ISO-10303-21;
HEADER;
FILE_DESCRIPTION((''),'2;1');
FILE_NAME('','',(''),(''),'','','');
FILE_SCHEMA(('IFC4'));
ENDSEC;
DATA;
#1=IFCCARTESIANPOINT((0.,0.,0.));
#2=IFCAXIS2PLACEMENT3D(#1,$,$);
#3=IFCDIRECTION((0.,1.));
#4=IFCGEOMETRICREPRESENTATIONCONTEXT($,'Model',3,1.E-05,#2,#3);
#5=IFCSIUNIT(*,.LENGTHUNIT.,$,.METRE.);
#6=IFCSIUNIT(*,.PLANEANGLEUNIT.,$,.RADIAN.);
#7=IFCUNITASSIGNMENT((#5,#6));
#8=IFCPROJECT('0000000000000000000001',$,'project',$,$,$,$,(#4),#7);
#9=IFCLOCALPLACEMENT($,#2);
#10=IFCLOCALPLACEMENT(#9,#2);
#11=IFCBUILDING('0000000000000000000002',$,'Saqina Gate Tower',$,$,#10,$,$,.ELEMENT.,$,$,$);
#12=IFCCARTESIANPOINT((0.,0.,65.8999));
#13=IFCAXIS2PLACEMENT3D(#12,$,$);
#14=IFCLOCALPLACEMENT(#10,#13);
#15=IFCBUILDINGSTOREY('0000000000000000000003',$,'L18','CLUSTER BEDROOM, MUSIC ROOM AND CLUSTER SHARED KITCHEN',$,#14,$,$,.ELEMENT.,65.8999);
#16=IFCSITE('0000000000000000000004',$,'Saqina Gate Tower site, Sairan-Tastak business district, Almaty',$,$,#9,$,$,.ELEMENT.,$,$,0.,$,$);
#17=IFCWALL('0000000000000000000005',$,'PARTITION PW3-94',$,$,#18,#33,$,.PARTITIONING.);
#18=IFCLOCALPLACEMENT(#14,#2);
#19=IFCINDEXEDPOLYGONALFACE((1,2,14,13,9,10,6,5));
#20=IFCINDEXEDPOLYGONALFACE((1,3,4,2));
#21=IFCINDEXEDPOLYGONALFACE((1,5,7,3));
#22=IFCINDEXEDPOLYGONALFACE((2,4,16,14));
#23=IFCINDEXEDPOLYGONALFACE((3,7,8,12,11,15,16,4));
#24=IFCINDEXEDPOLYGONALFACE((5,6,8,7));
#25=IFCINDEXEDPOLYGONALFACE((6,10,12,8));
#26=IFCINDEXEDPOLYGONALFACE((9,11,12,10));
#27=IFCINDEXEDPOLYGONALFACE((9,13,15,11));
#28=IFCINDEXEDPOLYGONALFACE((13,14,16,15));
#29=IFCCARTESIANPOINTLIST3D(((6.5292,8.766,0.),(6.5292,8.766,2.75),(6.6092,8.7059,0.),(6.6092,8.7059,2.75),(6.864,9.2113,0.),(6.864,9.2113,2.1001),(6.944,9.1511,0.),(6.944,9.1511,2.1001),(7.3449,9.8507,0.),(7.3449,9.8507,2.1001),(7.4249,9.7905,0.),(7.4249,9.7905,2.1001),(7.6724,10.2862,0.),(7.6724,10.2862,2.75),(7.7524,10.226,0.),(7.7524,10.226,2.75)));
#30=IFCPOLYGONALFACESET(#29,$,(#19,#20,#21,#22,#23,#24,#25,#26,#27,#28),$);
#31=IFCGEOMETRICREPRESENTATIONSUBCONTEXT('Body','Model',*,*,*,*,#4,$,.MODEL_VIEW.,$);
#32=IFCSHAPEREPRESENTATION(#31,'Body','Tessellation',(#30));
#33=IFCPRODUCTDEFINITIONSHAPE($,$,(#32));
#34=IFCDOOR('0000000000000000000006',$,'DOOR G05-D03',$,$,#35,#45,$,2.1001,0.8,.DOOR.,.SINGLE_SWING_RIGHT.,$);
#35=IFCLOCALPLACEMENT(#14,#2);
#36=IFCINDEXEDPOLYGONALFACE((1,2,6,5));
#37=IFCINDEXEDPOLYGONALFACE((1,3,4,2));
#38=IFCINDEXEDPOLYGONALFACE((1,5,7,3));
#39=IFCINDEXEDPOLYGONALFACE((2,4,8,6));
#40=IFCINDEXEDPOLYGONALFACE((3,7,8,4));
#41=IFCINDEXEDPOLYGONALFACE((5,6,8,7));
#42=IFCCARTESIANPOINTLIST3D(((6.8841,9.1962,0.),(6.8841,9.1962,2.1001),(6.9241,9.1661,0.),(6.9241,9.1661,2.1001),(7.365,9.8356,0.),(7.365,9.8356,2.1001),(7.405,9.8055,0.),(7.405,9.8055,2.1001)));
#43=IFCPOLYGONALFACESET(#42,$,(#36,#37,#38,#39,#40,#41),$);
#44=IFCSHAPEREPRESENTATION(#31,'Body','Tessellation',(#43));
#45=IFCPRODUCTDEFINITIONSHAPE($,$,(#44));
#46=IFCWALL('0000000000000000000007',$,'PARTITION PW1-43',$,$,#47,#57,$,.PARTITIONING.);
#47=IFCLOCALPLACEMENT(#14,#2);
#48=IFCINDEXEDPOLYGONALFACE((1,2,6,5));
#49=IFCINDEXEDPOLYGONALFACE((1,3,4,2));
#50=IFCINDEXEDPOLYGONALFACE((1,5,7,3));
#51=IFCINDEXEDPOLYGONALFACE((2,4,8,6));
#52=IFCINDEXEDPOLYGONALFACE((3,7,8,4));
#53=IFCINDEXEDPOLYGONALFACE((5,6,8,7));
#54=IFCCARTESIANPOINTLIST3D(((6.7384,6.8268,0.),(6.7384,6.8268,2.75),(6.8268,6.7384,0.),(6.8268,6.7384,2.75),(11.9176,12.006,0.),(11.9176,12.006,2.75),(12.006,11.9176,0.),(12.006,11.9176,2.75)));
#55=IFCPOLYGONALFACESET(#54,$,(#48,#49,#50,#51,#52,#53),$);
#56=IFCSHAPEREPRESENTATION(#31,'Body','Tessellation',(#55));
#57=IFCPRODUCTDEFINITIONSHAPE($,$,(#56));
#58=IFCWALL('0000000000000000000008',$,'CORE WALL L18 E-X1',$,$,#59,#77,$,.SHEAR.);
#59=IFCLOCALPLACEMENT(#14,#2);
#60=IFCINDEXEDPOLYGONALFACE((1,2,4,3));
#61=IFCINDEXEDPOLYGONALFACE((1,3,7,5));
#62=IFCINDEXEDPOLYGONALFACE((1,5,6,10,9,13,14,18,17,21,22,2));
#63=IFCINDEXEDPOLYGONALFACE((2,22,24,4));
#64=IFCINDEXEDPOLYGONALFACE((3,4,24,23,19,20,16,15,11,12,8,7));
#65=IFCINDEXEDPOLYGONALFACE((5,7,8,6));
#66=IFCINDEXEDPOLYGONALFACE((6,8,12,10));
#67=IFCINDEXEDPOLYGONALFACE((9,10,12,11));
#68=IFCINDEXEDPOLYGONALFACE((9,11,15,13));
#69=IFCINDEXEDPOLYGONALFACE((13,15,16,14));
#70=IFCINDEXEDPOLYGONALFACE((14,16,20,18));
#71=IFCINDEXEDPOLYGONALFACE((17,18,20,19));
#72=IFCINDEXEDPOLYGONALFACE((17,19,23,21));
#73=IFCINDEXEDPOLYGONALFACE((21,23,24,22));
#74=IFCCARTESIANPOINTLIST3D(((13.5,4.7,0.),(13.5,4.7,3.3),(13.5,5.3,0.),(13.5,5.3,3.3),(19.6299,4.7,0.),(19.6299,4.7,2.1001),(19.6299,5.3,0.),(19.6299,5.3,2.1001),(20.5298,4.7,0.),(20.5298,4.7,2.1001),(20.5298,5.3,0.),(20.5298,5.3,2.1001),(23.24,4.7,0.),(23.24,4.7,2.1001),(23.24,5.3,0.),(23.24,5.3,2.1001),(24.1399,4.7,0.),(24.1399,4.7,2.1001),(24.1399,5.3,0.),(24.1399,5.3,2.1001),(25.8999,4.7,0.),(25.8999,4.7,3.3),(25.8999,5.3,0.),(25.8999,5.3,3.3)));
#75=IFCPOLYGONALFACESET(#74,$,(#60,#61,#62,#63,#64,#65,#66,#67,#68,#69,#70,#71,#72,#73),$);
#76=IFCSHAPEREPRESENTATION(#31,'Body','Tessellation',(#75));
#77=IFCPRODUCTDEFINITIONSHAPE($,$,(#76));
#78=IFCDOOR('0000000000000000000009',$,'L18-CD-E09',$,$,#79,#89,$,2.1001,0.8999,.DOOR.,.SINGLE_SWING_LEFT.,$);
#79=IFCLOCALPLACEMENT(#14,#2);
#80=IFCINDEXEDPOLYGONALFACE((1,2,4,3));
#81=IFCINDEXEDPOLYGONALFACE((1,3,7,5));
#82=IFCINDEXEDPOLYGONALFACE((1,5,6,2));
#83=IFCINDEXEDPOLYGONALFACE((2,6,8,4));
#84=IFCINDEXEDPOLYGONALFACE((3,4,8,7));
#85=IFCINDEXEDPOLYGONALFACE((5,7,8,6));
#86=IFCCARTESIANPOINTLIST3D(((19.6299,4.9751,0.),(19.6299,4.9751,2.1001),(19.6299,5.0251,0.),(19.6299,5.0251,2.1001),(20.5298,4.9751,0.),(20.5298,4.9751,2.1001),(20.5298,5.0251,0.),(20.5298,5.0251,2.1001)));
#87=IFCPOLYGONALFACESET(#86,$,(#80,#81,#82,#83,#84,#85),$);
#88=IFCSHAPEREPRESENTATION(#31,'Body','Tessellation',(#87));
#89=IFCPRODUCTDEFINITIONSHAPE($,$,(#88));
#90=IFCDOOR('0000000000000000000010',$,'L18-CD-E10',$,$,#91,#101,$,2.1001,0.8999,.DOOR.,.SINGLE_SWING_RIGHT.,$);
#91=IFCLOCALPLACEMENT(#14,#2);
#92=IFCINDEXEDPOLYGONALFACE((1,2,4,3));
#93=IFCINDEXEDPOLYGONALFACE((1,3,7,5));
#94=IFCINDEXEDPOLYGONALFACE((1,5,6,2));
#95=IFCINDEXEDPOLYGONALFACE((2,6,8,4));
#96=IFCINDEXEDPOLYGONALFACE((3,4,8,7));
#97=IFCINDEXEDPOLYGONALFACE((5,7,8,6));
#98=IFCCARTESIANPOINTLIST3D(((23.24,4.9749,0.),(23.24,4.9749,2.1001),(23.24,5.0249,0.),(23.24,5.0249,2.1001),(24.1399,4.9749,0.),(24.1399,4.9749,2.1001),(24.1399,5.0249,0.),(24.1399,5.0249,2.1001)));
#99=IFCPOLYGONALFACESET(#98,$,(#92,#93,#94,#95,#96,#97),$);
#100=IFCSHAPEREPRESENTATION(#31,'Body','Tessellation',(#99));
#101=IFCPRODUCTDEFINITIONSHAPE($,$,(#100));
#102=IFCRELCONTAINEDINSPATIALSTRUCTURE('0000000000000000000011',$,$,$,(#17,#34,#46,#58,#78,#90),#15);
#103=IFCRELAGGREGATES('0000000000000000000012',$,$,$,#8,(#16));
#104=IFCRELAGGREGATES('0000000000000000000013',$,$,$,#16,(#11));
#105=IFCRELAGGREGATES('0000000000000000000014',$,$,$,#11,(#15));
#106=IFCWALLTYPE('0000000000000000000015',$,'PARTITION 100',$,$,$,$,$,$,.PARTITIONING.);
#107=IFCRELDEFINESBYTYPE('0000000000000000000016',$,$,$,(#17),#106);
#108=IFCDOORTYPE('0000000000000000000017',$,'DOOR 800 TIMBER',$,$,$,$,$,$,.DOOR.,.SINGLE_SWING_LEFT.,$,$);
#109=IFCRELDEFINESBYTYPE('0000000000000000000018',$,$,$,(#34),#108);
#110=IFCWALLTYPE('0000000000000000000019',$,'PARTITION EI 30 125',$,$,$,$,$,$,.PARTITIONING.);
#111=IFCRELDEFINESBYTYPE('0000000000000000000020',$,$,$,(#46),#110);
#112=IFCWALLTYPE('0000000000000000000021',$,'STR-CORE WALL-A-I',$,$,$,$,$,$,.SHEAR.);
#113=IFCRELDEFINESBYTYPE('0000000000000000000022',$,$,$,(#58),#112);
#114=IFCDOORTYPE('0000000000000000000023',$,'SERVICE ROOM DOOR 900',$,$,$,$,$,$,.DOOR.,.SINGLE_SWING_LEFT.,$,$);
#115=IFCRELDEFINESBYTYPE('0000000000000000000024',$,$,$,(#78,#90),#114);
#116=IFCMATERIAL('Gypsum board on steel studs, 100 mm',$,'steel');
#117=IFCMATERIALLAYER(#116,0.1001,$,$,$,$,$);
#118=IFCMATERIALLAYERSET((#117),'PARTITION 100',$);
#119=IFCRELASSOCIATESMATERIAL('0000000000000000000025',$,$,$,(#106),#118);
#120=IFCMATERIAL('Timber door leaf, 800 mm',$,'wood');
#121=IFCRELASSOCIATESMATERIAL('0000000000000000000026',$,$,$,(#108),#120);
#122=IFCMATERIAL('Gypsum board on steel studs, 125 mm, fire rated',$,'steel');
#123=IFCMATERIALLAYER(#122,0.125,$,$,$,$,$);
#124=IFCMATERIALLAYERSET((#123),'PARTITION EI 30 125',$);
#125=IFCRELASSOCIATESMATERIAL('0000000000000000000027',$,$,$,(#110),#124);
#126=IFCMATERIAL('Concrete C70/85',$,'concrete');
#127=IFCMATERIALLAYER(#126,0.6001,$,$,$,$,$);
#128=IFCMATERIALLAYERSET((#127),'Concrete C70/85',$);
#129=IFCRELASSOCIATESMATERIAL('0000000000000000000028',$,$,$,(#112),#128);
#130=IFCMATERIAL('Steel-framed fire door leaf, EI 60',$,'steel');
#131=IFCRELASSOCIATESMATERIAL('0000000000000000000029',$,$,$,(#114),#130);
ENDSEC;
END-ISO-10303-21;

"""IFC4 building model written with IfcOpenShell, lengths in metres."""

from ifc_helpers import new_model, si_unit, direction, frame, frame_2d, origin, place, context, subcontext, project, spatial, rectangle, extrude, material, layer, layer_set, type_object, element, fill, save


model = new_model("IFC4")

# Units and contexts
model_context = context("Model", 3, precision=1e-05, world=origin(), true_north=direction((0.0, 1.0)))
body_context = subcontext(model_context, "Body", "Model", "MODEL_VIEW")
ifc_project = project(units=[si_unit("LENGTHUNIT", "METRE"), si_unit("PLANEANGLEUNIT", "RADIAN")], contexts=[model_context])

# Site, building, storey
site_placement = place(None, origin())
site = spatial("IfcSite", under=ifc_project, at=site_placement, Name="Saqina Gate Tower site, Sairan-Tastak business district, Almaty", CompositionType="ELEMENT", RefElevation=0.0)
building_placement = place(site_placement, origin())
building = spatial("IfcBuilding", under=site, at=building_placement, Name="Saqina Gate Tower", CompositionType="ELEMENT")
storey_placement = place(building_placement, frame((0.0, 0.0, 65.8999)))
storey = spatial("IfcBuildingStorey", under=building, at=storey_placement, Name="L18", Description="CLUSTER BEDROOM, MUSIC ROOM AND CLUSTER SHARED KITCHEN", CompositionType="ELEMENT", Elevation=65.8999)

# Shared definitions
ifc_material_1 = material(Name="Gypsum board on steel studs, 100 mm", Category="steel")
ifc_layer_1 = layer(ifc_material_1, 0.1001)
ifc_layer_set_1 = layer_set([ifc_layer_1], Name="PARTITION 100")
wall_type_1 = type_object("IfcWallType", Name="PARTITION 100", PredefinedType="PARTITIONING", material=ifc_layer_set_1)

# Wall, opening, door
wall_1_placement = place(storey_placement, frame((6.5691, 8.7358, 0.0), z_axis=(0.0, 0.0, 1.0), x_axis=(0.601047, 0.799214, 0.0)))
wall_1 = element("IfcWall", 1, at=wall_1_placement, inside=storey, type_object=wall_type_1, Name="PARTITION PW3-94", PredefinedType="PARTITIONING", context=body_context, shape_type="SweptSolid", body=[
    extrude(rectangle(XDim=1.9021, YDim=0.1001, at=frame_2d((0.9512, 0.0))), origin(), (0.0, 0.0, 1.0), 2.75),
])
opening_1_placement = place(wall_1_placement, frame((0.5574, 0.0, 0.0)))
opening_1 = element("IfcOpeningElement", 2, at=opening_1_placement, cuts=wall_1, PredefinedType="OPENING", context=body_context, shape_type="SweptSolid", body=[
    extrude(rectangle(XDim=0.8, YDim=2.1001, at=frame_2d((0.3999, 1.05))), frame((0.0, 0.062, 0.0), z_axis=(0.0, -1.0, 0.0), x_axis=(1.0, 0.0, 0.0)), (0.0, 0.0, 1.0), 0.124),
])
ifc_material_2 = material(Name="Timber door leaf, 800 mm", Category="wood")
door_type_1 = type_object("IfcDoorType", Name="DOOR 800 TIMBER", OperationType="SINGLE_SWING_LEFT", PredefinedType="DOOR", material=ifc_material_2)
door_1_placement = place(opening_1_placement, origin())
door_1 = element("IfcDoor", 3, at=door_1_placement, inside=storey, type_object=door_type_1, Name="DOOR G05-D03", OperationType="SINGLE_SWING_RIGHT", OverallHeight=2.1001, OverallWidth=0.8, PredefinedType="DOOR", context=body_context, shape_type="SweptSolid", body=[
    extrude(rectangle(XDim=0.8, YDim=2.1001, at=frame_2d((0.3999, 1.05))), frame((0.0, 0.0249, 0.0), z_axis=(0.0, -1.0, 0.0), x_axis=(1.0, 0.0, 0.0)), (0.0, 0.0, 1.0), 0.05),
])
fill(opening_1, door_1)

# Wall
ifc_material_3 = material(Name="Gypsum board on steel studs, 125 mm, fire rated", Category="steel")
ifc_layer_2 = layer(ifc_material_3, 0.125)
ifc_layer_set_2 = layer_set([ifc_layer_2], Name="PARTITION EI 30 125")
wall_type_2 = type_object("IfcWallType", Name="PARTITION EI 30 125", PredefinedType="PARTITIONING", material=ifc_layer_set_2)
wall_2_placement = place(storey_placement, frame((6.7827, 6.7827, 0.0), z_axis=(0.0, 0.0, 1.0), x_axis=(0.707107, 0.707107, 0.0)))
element("IfcWall", 4, at=wall_2_placement, inside=storey, type_object=wall_type_2, Name="PARTITION PW1-43", PredefinedType="PARTITIONING", context=body_context, shape_type="SweptSolid", body=[
    extrude(rectangle(XDim=7.3245, YDim=0.125, at=frame_2d((3.6621, 0.0))), origin(), (0.0, 0.0, 1.0), 2.75),
])

# Wall, openings, doors
ifc_material_4 = material(Name="Concrete C70/85", Category="concrete")
ifc_layer_3 = layer(ifc_material_4, 0.6001)
ifc_layer_set_3 = layer_set([ifc_layer_3], Name="Concrete C70/85")
wall_type_3 = type_object("IfcWallType", Name="STR-CORE WALL-A-I", PredefinedType="SHEAR", material=ifc_layer_set_3)
wall_3_placement = place(storey_placement, frame((13.5, 5.0, 0.0), z_axis=(0.0, 0.0, 1.0), x_axis=(1.0, 0.0, 0.0)))
wall_3 = element("IfcWall", 5, at=wall_3_placement, inside=storey, type_object=wall_type_3, Name="CORE WALL L18 E-X1", PredefinedType="SHEAR", context=body_context, shape_type="SweptSolid", body=[
    extrude(rectangle(XDim=12.3999, YDim=0.6001, at=frame_2d((6.2, 0.0))), origin(), (0.0, 0.0, 1.0), 3.3),
])
opening_2_placement = place(wall_3_placement, frame((6.1299, 0.0, 0.0)))
opening_2 = element("IfcOpeningElement", 6, at=opening_2_placement, cuts=wall_3, PredefinedType="OPENING", context=body_context, shape_type="SweptSolid", body=[
    extrude(rectangle(XDim=0.8999, YDim=2.1001, at=frame_2d((0.45, 1.05))), frame((0.0, 0.312, 0.0), z_axis=(0.0, -1.0, 0.0), x_axis=(1.0, 0.0, 0.0)), (0.0, 0.0, 1.0), 0.624),
])
opening_3_placement = place(wall_3_placement, frame((9.74, 0.0, 0.0)))
opening_3 = element("IfcOpeningElement", 7, at=opening_3_placement, cuts=wall_3, PredefinedType="OPENING", context=body_context, shape_type="SweptSolid", body=[
    extrude(rectangle(XDim=0.8999, YDim=2.1001, at=frame_2d((0.45, 1.05))), frame((0.0, 0.312, 0.0), z_axis=(0.0, -1.0, 0.0), x_axis=(1.0, 0.0, 0.0)), (0.0, 0.0, 1.0), 0.624),
])
ifc_material_5 = material(Name="Steel-framed fire door leaf, EI 60", Category="steel")
door_type_2 = type_object("IfcDoorType", Name="SERVICE ROOM DOOR 900", OperationType="SINGLE_SWING_LEFT", PredefinedType="DOOR", material=ifc_material_5)
door_2_placement = place(opening_2_placement, frame((0.8999, 0.0, 0.0), z_axis=(0.0, 0.0, 1.0), x_axis=(-1.0, 0.0, 0.0)))
door_2 = element("IfcDoor", 8, at=door_2_placement, inside=storey, type_object=door_type_2, Name="L18-CD-E09", OperationType="SINGLE_SWING_LEFT", OverallHeight=2.1001, OverallWidth=0.8999, PredefinedType="DOOR", context=body_context, shape_type="SweptSolid", body=[
    extrude(rectangle(XDim=0.8999, YDim=2.1001, at=frame_2d((0.45, 1.05))), frame((0.0, 0.0249, 0.0), z_axis=(0.0, -1.0, 0.0), x_axis=(1.0, 0.0, 0.0)), (0.0, 0.0, 1.0), 0.05),
])
fill(opening_2, door_2)
door_3_placement = place(opening_3_placement, origin())
door_3 = element("IfcDoor", 9, at=door_3_placement, inside=storey, type_object=door_type_2, Name="L18-CD-E10", OperationType="SINGLE_SWING_RIGHT", OverallHeight=2.1001, OverallWidth=0.8999, PredefinedType="DOOR", context=body_context, shape_type="SweptSolid", body=[
    extrude(rectangle(XDim=0.8999, YDim=2.1001, at=frame_2d((0.45, 1.05))), frame((0.0, 0.0249, 0.0), z_axis=(0.0, -1.0, 0.0), x_axis=(1.0, 0.0, 0.0)), (0.0, 0.0, 1.0), 0.05),
])
fill(opening_3, door_3)

save(model, "model.ifc")
